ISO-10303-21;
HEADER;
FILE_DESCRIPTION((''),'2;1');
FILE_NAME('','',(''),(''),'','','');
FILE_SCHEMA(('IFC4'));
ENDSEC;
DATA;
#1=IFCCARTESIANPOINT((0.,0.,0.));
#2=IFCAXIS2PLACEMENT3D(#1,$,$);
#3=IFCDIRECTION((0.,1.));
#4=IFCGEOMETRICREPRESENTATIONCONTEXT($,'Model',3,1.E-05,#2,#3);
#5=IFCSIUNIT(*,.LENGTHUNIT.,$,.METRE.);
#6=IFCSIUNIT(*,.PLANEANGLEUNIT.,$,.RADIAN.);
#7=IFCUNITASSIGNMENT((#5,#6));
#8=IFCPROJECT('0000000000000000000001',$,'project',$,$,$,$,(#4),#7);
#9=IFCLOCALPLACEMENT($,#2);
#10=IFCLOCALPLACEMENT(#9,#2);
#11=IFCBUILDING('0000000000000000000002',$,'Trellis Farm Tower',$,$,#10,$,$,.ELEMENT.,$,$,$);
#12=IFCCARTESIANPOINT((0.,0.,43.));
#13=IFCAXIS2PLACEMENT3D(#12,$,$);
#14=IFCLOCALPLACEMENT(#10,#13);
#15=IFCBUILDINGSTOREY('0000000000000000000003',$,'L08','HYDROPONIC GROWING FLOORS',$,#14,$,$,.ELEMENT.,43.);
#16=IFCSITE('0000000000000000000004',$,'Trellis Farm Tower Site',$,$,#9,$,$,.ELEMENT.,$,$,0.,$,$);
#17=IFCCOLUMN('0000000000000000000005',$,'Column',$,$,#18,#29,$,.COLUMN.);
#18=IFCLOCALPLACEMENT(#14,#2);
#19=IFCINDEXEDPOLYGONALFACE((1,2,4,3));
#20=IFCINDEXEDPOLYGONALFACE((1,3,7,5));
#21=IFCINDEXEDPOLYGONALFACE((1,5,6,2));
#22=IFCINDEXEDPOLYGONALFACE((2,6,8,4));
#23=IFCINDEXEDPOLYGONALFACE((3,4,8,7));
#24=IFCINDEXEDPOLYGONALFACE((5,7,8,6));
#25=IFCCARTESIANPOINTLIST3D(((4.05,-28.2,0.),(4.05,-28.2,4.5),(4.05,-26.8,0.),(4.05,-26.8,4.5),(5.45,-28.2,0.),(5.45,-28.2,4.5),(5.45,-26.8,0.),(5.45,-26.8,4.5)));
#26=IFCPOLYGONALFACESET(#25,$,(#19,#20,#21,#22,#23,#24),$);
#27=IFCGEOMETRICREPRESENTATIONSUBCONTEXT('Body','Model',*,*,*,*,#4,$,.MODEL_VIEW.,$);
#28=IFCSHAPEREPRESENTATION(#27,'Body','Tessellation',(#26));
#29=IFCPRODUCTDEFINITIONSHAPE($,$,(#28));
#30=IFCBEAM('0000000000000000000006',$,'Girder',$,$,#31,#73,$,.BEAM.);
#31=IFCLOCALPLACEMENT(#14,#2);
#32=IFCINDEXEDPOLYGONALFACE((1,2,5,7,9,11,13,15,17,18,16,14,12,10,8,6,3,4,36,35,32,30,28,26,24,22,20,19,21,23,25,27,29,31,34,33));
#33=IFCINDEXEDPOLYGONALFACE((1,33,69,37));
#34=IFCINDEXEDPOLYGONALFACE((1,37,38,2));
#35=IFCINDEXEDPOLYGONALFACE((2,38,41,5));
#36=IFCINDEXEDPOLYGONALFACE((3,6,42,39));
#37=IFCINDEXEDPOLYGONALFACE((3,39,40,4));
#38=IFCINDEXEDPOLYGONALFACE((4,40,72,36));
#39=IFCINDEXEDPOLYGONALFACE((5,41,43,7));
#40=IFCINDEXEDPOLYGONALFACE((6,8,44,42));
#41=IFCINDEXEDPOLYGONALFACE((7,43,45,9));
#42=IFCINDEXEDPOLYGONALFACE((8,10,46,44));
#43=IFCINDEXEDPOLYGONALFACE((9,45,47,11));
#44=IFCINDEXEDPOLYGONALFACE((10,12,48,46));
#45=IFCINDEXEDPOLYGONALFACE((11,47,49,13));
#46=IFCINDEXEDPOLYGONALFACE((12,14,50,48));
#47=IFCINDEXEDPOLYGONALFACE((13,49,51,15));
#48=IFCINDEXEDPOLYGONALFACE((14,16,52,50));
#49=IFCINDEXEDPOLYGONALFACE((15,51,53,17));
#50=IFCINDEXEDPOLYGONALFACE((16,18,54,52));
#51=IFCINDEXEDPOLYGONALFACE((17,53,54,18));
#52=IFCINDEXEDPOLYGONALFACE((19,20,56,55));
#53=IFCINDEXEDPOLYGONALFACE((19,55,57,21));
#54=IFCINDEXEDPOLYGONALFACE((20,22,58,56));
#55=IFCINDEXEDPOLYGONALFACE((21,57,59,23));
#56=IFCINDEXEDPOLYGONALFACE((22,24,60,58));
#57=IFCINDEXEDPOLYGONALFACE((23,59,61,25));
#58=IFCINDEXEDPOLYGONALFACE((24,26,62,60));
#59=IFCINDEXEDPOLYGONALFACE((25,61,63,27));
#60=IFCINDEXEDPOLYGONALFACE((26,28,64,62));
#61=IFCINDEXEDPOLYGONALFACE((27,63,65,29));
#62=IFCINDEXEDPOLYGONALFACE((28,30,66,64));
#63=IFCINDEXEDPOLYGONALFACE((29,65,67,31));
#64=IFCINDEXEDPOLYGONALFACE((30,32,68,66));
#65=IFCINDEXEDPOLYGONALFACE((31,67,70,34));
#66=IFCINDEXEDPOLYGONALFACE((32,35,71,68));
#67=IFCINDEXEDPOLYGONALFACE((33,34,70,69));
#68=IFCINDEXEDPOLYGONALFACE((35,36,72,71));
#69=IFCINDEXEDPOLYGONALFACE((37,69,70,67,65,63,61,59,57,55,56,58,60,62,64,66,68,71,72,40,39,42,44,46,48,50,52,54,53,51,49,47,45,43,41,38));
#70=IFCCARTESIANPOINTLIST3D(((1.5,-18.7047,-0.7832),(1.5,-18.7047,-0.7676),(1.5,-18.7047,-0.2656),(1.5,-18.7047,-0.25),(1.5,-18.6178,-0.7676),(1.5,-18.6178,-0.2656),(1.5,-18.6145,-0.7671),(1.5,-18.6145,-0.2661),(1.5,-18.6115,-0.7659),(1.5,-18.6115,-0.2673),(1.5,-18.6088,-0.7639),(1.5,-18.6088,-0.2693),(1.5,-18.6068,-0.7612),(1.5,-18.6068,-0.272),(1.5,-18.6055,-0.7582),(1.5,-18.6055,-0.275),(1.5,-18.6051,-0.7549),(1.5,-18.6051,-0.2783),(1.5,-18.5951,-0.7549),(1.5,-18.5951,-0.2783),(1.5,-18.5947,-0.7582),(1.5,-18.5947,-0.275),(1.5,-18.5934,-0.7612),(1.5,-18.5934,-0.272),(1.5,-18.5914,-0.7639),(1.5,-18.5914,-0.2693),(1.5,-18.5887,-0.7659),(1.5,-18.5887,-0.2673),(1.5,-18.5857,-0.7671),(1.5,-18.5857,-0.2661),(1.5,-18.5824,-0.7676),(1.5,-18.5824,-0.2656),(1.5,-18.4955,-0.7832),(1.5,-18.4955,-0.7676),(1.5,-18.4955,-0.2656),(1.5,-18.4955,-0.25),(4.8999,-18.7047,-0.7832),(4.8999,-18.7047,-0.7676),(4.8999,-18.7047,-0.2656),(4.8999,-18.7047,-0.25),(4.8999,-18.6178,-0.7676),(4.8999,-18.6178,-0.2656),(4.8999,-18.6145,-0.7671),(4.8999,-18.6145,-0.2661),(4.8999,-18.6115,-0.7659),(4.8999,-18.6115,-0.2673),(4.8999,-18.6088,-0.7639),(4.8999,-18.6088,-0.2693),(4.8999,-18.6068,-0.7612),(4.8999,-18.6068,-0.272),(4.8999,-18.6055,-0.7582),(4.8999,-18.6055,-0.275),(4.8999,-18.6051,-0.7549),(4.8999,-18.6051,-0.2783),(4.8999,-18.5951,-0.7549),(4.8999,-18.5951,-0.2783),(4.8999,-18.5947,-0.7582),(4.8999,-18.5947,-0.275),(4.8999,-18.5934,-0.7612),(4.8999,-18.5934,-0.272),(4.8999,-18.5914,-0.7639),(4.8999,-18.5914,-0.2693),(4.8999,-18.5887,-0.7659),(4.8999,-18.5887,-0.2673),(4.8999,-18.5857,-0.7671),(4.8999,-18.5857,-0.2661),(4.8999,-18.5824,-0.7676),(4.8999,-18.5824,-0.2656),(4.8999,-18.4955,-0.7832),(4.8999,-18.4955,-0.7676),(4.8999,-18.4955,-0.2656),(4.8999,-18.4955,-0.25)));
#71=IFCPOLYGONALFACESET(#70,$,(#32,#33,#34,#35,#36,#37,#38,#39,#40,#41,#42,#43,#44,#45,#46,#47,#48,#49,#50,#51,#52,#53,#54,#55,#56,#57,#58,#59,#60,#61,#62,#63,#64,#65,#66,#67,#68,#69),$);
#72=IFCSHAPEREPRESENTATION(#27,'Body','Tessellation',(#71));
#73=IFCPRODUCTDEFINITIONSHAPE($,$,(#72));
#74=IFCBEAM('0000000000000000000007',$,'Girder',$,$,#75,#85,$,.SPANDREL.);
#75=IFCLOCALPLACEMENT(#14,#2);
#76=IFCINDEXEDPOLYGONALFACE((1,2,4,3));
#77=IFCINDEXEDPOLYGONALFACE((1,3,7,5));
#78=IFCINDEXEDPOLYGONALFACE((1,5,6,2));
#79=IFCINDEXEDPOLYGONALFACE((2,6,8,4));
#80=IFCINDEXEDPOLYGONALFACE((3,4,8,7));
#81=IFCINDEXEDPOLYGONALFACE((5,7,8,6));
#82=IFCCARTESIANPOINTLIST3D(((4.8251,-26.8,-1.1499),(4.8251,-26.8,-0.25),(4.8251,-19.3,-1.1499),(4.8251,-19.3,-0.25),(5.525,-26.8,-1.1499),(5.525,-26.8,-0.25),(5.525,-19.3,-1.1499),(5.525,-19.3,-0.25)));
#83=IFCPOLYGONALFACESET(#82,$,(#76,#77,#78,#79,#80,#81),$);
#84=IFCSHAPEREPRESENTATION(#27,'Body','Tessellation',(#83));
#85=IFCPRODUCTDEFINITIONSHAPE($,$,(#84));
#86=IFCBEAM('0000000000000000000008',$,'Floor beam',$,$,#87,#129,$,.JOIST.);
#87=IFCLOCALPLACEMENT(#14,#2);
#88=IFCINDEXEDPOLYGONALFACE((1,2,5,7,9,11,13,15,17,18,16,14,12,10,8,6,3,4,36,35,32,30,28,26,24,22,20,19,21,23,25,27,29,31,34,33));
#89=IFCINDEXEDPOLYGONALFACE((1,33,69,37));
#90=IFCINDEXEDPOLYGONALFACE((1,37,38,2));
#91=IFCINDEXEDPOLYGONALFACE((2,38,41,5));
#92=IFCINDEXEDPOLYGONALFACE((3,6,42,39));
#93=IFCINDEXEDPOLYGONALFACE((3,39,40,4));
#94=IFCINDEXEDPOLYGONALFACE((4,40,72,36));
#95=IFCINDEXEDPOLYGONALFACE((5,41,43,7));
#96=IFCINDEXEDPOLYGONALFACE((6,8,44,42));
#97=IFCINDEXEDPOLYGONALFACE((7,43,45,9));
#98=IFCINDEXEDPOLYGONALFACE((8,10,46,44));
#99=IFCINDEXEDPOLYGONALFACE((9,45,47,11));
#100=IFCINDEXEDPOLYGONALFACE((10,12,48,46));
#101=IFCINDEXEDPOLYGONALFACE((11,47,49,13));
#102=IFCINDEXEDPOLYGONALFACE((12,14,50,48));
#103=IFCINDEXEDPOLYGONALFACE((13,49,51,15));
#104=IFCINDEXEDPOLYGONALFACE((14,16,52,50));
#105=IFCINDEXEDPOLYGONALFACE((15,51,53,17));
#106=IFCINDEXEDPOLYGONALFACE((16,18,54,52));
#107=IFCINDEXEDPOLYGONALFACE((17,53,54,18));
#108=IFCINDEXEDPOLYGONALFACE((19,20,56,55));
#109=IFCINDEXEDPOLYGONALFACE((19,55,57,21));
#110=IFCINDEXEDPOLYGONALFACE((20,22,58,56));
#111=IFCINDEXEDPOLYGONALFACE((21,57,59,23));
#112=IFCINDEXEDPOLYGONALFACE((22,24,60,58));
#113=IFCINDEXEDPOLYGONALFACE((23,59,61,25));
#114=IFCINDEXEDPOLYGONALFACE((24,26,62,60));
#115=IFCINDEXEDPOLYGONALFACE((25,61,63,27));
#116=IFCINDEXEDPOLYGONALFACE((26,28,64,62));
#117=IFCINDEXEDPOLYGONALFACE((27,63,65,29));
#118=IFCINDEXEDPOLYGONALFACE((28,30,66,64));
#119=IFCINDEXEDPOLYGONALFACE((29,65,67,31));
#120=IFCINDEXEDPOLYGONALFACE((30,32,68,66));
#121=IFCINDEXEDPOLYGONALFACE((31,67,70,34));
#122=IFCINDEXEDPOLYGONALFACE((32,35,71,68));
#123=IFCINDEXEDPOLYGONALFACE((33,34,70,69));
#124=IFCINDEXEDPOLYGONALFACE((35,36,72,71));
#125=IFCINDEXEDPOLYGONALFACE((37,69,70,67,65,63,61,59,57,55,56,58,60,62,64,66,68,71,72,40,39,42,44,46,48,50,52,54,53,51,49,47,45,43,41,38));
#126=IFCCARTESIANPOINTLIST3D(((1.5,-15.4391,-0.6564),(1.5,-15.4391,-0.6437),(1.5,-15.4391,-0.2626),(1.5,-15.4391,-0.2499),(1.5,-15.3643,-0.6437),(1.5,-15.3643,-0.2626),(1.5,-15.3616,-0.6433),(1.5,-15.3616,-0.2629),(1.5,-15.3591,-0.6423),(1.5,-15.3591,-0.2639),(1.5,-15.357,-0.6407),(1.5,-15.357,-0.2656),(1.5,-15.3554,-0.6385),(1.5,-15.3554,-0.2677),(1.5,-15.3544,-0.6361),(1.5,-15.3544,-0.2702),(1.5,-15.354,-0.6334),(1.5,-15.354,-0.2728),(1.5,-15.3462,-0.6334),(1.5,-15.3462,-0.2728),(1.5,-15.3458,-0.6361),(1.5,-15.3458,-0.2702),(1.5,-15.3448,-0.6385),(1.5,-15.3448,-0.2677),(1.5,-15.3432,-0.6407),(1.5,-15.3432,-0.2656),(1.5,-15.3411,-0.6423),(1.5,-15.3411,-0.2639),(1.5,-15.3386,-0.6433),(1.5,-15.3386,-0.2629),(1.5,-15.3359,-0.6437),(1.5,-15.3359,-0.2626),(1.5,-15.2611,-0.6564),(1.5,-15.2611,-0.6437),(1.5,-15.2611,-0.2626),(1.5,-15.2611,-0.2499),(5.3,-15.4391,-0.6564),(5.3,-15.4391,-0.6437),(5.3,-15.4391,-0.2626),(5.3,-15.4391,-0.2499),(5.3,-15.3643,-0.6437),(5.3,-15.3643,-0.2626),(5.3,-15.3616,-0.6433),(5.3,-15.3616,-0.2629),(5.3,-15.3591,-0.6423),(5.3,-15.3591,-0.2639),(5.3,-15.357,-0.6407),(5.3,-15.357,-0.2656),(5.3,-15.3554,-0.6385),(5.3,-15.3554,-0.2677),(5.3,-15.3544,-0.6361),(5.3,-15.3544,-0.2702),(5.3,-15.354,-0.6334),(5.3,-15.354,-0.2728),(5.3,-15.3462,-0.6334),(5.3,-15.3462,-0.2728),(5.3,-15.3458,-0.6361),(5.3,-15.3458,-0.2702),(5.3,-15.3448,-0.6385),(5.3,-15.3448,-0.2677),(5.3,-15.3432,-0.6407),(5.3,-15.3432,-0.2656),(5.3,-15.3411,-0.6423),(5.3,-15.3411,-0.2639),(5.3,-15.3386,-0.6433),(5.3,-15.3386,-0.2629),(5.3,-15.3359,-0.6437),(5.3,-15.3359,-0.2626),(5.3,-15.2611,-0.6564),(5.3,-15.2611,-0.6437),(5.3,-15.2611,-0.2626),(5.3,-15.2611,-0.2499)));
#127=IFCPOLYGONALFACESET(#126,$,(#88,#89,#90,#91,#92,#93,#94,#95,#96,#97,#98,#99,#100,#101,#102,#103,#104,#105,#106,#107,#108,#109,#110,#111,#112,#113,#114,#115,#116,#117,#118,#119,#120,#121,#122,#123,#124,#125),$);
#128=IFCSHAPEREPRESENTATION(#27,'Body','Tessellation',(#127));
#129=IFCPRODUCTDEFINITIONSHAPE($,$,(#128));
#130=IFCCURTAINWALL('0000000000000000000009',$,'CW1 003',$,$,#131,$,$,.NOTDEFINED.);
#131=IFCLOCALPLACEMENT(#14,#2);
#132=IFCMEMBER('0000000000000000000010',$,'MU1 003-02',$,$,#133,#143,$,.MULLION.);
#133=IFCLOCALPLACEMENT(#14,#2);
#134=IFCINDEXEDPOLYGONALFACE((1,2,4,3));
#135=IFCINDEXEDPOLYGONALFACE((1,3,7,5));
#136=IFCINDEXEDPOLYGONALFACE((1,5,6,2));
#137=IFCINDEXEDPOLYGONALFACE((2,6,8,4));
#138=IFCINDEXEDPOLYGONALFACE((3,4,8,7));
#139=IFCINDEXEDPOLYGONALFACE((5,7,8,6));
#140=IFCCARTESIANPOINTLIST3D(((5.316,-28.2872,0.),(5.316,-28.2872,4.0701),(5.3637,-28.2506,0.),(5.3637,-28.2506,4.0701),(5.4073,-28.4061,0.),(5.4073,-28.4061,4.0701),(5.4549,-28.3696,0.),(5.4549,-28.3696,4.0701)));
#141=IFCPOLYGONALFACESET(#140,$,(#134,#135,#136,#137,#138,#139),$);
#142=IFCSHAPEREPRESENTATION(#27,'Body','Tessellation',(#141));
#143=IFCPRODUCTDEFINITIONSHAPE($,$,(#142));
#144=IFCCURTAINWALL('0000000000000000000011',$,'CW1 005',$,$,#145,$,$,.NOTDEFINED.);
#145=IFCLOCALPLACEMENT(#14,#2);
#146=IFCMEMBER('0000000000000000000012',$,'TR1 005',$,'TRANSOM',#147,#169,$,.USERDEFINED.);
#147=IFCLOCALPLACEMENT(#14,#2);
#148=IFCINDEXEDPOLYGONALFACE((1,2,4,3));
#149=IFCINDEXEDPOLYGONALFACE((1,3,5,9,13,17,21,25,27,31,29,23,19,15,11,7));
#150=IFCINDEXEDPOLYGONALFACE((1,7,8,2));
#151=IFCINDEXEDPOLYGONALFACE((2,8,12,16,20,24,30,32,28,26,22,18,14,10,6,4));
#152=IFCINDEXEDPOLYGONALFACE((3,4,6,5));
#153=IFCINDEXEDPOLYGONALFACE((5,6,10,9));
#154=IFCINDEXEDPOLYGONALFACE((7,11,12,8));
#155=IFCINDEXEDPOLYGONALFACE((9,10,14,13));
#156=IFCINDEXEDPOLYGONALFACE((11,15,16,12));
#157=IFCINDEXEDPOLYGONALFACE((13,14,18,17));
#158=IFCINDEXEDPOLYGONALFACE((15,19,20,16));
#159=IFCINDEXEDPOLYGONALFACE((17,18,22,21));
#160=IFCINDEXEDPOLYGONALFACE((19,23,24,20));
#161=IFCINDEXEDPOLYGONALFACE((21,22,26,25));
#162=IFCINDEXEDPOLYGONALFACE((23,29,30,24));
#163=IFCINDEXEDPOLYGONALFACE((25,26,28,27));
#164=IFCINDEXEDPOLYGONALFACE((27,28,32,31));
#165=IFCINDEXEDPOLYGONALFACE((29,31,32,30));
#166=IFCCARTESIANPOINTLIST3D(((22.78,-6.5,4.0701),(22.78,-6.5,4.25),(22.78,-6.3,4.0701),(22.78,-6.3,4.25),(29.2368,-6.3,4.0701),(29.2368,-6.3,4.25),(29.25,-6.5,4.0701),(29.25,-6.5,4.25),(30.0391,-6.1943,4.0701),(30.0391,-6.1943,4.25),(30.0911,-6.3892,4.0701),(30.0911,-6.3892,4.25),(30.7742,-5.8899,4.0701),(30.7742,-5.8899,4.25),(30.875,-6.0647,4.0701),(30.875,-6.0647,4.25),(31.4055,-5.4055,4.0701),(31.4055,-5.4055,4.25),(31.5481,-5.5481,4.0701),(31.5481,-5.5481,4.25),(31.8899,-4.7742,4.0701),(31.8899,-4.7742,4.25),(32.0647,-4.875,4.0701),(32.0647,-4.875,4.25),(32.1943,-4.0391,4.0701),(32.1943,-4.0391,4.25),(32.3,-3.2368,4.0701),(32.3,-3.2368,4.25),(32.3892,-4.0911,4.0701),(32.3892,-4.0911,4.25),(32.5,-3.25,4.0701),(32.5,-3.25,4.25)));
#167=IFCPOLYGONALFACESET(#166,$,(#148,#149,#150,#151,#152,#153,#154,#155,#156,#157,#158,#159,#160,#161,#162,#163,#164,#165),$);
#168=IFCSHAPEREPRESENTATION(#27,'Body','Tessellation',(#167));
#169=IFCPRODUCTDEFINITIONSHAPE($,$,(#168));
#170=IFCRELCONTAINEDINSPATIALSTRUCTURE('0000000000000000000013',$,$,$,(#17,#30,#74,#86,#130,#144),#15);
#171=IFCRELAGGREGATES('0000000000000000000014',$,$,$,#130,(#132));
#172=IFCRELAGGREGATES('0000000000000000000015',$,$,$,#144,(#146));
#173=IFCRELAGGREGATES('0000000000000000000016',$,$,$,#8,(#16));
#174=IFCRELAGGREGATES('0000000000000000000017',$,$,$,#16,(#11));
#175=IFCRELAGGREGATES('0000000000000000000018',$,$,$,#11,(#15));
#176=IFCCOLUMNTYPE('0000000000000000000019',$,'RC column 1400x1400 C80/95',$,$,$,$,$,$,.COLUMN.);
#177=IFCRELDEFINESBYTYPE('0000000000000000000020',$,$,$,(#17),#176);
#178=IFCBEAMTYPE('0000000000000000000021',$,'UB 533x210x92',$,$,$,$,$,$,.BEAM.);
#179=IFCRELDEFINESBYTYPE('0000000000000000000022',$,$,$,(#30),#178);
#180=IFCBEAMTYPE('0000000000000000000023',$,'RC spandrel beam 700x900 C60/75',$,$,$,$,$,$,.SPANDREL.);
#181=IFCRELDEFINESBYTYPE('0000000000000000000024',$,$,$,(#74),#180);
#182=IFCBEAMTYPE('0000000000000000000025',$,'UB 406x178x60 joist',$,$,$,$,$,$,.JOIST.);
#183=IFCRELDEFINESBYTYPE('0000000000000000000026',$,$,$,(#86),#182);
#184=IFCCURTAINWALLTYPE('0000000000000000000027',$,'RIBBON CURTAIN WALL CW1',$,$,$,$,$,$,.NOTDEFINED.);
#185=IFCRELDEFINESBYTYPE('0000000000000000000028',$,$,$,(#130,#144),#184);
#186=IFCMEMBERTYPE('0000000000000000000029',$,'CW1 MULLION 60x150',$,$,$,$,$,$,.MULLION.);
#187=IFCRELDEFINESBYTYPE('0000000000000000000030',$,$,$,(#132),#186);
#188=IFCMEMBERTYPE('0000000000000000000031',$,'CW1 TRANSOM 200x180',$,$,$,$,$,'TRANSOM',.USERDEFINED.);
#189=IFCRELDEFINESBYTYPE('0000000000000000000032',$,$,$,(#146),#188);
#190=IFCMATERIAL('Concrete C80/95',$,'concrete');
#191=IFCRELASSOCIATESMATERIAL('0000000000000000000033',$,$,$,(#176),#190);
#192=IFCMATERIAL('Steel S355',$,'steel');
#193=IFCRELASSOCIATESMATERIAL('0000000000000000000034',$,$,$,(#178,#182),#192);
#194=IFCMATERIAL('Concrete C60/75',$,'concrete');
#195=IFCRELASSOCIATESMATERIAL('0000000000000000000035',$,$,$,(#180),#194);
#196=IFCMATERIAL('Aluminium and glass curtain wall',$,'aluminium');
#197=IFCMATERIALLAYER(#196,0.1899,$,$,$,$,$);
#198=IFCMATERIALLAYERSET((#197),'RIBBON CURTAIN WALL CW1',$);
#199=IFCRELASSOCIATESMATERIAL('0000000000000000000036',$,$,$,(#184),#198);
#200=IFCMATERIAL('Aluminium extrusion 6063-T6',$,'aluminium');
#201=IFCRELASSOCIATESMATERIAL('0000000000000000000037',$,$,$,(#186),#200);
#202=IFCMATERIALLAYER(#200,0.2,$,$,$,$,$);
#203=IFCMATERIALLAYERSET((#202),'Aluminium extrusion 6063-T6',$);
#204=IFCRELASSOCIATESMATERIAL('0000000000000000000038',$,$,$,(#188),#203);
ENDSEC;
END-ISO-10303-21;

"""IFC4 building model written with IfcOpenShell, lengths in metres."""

from ifc_helpers import new_model, si_unit, direction, frame, origin, origin_2d, place, context, subcontext, project, spatial, polyline, rectangle, i_section, outline, extrude, source, transform, mapped, material, layer, layer_set, material_profile, profile_set, type_object, element, aggregate, save


model = new_model("IFC4")

# Units and contexts
model_context = context("Model", 3, precision=1e-05, world=origin(), true_north=direction((0.0, 1.0)))
body_context = subcontext(model_context, "Body", "Model", "MODEL_VIEW")
ifc_project = project(units=[si_unit("LENGTHUNIT", "METRE"), si_unit("PLANEANGLEUNIT", "RADIAN")], contexts=[model_context])

# Site, building, storey
site_placement = place(None, origin())
site = spatial("IfcSite", under=ifc_project, at=site_placement, Name="Trellis Farm Tower Site", CompositionType="ELEMENT", RefElevation=0.0)
building_placement = place(site_placement, origin())
building = spatial("IfcBuilding", under=site, at=building_placement, Name="Trellis Farm Tower", CompositionType="ELEMENT")
storey_placement = place(building_placement, frame((0.0, 0.0, 43.0)))
storey = spatial("IfcBuildingStorey", under=building, at=storey_placement, Name="L08", Description="HYDROPONIC GROWING FLOORS", CompositionType="ELEMENT", Elevation=43.0)

# Column
ifc_material_1 = material(Name="Concrete C80/95", Category="concrete")
ifc_material_profile_1 = material_profile(ifc_material_1, rectangle(XDim=1.3999, YDim=1.3999, at=origin_2d()), Name="RC column 1400x1400 C80/95")
ifc_profile_set_1 = profile_set([ifc_material_profile_1], Name="Concrete C80/95")
column_type = type_object("IfcColumnType", Name="RC column 1400x1400 C80/95", PredefinedType="COLUMN", material=ifc_profile_set_1)
shared_shape_1 = source(origin(), body_context, "Body", "SweptSolid", [
    extrude(rectangle(XDim=1.3999, YDim=1.3999, at=origin_2d()), origin(), (0.0, 0.0, 1.0), 4.5),
])
column_placement = place(storey_placement, frame((4.75, -27.5, 0.0), z_axis=(0.0, 0.0, 1.0), x_axis=(1.0, 0.0, 0.0)))
element("IfcColumn", 1, at=column_placement, inside=storey, type_object=column_type, Name="Column", PredefinedType="COLUMN", context=body_context, shape_type="MappedRepresentation", body=[
    mapped(shared_shape_1, transform((0.0, 0.0, 0.0))),
])

# Beams
ifc_material_2 = material(Name="Steel S355", Category="steel")
ifc_material_profile_2 = material_profile(ifc_material_2, i_section(OverallWidth=0.2092, OverallDepth=0.5332, WebThickness=0.01, FlangeThickness=0.0156, FilletRadius=0.0127, at=origin_2d()), Name="UB 533x210x92")
ifc_profile_set_2 = profile_set([ifc_material_profile_2], Name="Steel S355")
beam_type_1 = type_object("IfcBeamType", Name="UB 533x210x92", PredefinedType="BEAM", material=ifc_profile_set_2)
shared_shape_2 = source(origin(), body_context, "Body", "SweptSolid", [
    extrude(i_section(OverallWidth=0.2092, OverallDepth=0.5332, WebThickness=0.01, FlangeThickness=0.0156, FilletRadius=0.0127, at=origin_2d()), origin(), (0.0, 0.0, 1.0), 3.3999),
])
beam_1_placement = place(storey_placement, frame((1.5, -18.6001, -0.5166), z_axis=(1.0, 0.0, 0.0), x_axis=(0.0, 1.0, 0.0)))
element("IfcBeam", 2, at=beam_1_placement, inside=storey, type_object=beam_type_1, Name="Girder", PredefinedType="BEAM", context=body_context, shape_type="MappedRepresentation", body=[
    mapped(shared_shape_2, transform((0.0, 0.0, 0.0))),
])
ifc_material_3 = material(Name="Concrete C60/75", Category="concrete")
ifc_material_profile_3 = material_profile(ifc_material_3, rectangle(XDim=0.7, YDim=0.8999, at=origin_2d()), Name="RC spandrel beam 700x900 C60/75")
ifc_profile_set_3 = profile_set([ifc_material_profile_3], Name="Concrete C60/75")
beam_type_2 = type_object("IfcBeamType", Name="RC spandrel beam 700x900 C60/75", PredefinedType="SPANDREL", material=ifc_profile_set_3)
shared_shape_3 = source(origin(), body_context, "Body", "SweptSolid", [
    extrude(rectangle(XDim=0.7, YDim=0.8999, at=origin_2d()), origin(), (0.0, 0.0, 1.0), 7.5),
])
beam_2_placement = place(storey_placement, frame((5.175, -26.8, -0.7), z_axis=(0.0, 1.0, 0.0), x_axis=(-1.0, 0.0, 0.0)))
element("IfcBeam", 3, at=beam_2_placement, inside=storey, type_object=beam_type_2, Name="Girder", PredefinedType="SPANDREL", context=body_context, shape_type="MappedRepresentation", body=[
    mapped(shared_shape_3, transform((0.0, 0.0, 0.0))),
])
ifc_material_profile_4 = material_profile(ifc_material_2, i_section(OverallWidth=0.178, OverallDepth=0.4065, WebThickness=0.0078, FlangeThickness=0.0127, FilletRadius=0.0103, at=origin_2d()), Name="UB 406x178x60")
ifc_profile_set_4 = profile_set([ifc_material_profile_4], Name="Steel S355")
beam_type_3 = type_object("IfcBeamType", Name="UB 406x178x60 joist", PredefinedType="JOIST", material=ifc_profile_set_4)
shared_shape_4 = source(origin(), body_context, "Body", "SweptSolid", [
    extrude(i_section(OverallWidth=0.178, OverallDepth=0.4065, WebThickness=0.0078, FlangeThickness=0.0127, FilletRadius=0.0103, at=origin_2d()), origin(), (0.0, 0.0, 1.0), 3.8),
])
beam_3_placement = place(storey_placement, frame((1.5, -15.3501, -0.4531), z_axis=(1.0, 0.0, 0.0), x_axis=(0.0, 1.0, 0.0)))
element("IfcBeam", 4, at=beam_3_placement, inside=storey, type_object=beam_type_3, Name="Floor beam", PredefinedType="JOIST", context=body_context, shape_type="MappedRepresentation", body=[
    mapped(shared_shape_4, transform((0.0, 0.0, 0.0))),
])

# Curtain wall, member
ifc_material_4 = material(Name="Aluminium and glass curtain wall", Category="aluminium")
ifc_layer_1 = layer(ifc_material_4, 0.1899)
ifc_layer_set_1 = layer_set([ifc_layer_1], Name="RIBBON CURTAIN WALL CW1")
curtain_wall_type = type_object("IfcCurtainWallType", Name="RIBBON CURTAIN WALL CW1", PredefinedType="NOTDEFINED", material=ifc_layer_set_1)
placement = place(storey_placement, origin())
curtain_wall_1 = element("IfcCurtainWall", 5, at=placement, inside=storey, type_object=curtain_wall_type, Name="CW1 003", PredefinedType="NOTDEFINED")
ifc_material_5 = material(Name="Aluminium extrusion 6063-T6", Category="aluminium")
ifc_material_profile_5 = material_profile(ifc_material_5, rectangle(XDim=0.0601, YDim=0.1499, at=origin_2d()), Name="MULLION 60x150")
ifc_profile_set_5 = profile_set([ifc_material_profile_5], Name="Aluminium extrusion 6063-T6")
member_type_1 = type_object("IfcMemberType", Name="CW1 MULLION 60x150", PredefinedType="MULLION", material=ifc_profile_set_5)
shared_shape_5 = source(origin(), body_context, "Body", "SweptSolid", [
    extrude(rectangle(XDim=0.0601, YDim=0.1499, at=origin_2d()), origin(), (0.0, 0.0, 1.0), 4.0701),
])
member_1_placement = place(storey_placement, frame((5.3855, -28.3284, 0.0), z_axis=(0.0, 0.0, 1.0), x_axis=(0.793353, 0.608761, 0.0)))
member_1 = element("IfcMember", 6, at=member_1_placement, type_object=member_type_1, Name="MU1 003-02", PredefinedType="MULLION", context=body_context, shape_type="MappedRepresentation", body=[
    mapped(shared_shape_5, transform((0.0, 0.0, 0.0))),
])
aggregate(curtain_wall_1, [member_1])

# Curtain wall, member
curtain_wall_2 = element("IfcCurtainWall", 7, at=placement, inside=storey, type_object=curtain_wall_type, Name="CW1 005", PredefinedType="NOTDEFINED")
ifc_layer_2 = layer(ifc_material_5, 0.2)
ifc_layer_set_2 = layer_set([ifc_layer_2], Name="Aluminium extrusion 6063-T6")
member_type_2 = type_object("IfcMemberType", Name="CW1 TRANSOM 200x180", ElementType="TRANSOM", PredefinedType="USERDEFINED", material=ifc_layer_set_2)
shared_shape_6 = source(origin(), body_context, "Body", "SweptSolid", [
    extrude(outline(polyline([(22.78, -6.5), (29.25, -6.5), (30.0911, -6.3892), (30.875, -6.0647), (31.5481, -5.5481), (32.0647, -4.875), (32.3892, -4.0911), (32.5, -3.25), (32.3, -3.2368), (32.1943, -4.0391), (31.8899, -4.7742), (31.4055, -5.4055), (30.7742, -5.8899), (30.0391, -6.1943), (29.2368, -6.3), (22.78, -6.3), (22.78, -6.5)])), origin(), (0.0, 0.0, 1.0), 0.1799),
])
member_2_placement = place(storey_placement, frame((0.0, 0.0, 4.0701)))
member_2 = element("IfcMember", 8, at=member_2_placement, type_object=member_type_2, Name="TR1 005", ObjectType="TRANSOM", PredefinedType="USERDEFINED", context=body_context, shape_type="MappedRepresentation", body=[
    mapped(shared_shape_6, transform((0.0, 0.0, 0.0))),
])
aggregate(curtain_wall_2, [member_2])

save(model, "model.ifc")
